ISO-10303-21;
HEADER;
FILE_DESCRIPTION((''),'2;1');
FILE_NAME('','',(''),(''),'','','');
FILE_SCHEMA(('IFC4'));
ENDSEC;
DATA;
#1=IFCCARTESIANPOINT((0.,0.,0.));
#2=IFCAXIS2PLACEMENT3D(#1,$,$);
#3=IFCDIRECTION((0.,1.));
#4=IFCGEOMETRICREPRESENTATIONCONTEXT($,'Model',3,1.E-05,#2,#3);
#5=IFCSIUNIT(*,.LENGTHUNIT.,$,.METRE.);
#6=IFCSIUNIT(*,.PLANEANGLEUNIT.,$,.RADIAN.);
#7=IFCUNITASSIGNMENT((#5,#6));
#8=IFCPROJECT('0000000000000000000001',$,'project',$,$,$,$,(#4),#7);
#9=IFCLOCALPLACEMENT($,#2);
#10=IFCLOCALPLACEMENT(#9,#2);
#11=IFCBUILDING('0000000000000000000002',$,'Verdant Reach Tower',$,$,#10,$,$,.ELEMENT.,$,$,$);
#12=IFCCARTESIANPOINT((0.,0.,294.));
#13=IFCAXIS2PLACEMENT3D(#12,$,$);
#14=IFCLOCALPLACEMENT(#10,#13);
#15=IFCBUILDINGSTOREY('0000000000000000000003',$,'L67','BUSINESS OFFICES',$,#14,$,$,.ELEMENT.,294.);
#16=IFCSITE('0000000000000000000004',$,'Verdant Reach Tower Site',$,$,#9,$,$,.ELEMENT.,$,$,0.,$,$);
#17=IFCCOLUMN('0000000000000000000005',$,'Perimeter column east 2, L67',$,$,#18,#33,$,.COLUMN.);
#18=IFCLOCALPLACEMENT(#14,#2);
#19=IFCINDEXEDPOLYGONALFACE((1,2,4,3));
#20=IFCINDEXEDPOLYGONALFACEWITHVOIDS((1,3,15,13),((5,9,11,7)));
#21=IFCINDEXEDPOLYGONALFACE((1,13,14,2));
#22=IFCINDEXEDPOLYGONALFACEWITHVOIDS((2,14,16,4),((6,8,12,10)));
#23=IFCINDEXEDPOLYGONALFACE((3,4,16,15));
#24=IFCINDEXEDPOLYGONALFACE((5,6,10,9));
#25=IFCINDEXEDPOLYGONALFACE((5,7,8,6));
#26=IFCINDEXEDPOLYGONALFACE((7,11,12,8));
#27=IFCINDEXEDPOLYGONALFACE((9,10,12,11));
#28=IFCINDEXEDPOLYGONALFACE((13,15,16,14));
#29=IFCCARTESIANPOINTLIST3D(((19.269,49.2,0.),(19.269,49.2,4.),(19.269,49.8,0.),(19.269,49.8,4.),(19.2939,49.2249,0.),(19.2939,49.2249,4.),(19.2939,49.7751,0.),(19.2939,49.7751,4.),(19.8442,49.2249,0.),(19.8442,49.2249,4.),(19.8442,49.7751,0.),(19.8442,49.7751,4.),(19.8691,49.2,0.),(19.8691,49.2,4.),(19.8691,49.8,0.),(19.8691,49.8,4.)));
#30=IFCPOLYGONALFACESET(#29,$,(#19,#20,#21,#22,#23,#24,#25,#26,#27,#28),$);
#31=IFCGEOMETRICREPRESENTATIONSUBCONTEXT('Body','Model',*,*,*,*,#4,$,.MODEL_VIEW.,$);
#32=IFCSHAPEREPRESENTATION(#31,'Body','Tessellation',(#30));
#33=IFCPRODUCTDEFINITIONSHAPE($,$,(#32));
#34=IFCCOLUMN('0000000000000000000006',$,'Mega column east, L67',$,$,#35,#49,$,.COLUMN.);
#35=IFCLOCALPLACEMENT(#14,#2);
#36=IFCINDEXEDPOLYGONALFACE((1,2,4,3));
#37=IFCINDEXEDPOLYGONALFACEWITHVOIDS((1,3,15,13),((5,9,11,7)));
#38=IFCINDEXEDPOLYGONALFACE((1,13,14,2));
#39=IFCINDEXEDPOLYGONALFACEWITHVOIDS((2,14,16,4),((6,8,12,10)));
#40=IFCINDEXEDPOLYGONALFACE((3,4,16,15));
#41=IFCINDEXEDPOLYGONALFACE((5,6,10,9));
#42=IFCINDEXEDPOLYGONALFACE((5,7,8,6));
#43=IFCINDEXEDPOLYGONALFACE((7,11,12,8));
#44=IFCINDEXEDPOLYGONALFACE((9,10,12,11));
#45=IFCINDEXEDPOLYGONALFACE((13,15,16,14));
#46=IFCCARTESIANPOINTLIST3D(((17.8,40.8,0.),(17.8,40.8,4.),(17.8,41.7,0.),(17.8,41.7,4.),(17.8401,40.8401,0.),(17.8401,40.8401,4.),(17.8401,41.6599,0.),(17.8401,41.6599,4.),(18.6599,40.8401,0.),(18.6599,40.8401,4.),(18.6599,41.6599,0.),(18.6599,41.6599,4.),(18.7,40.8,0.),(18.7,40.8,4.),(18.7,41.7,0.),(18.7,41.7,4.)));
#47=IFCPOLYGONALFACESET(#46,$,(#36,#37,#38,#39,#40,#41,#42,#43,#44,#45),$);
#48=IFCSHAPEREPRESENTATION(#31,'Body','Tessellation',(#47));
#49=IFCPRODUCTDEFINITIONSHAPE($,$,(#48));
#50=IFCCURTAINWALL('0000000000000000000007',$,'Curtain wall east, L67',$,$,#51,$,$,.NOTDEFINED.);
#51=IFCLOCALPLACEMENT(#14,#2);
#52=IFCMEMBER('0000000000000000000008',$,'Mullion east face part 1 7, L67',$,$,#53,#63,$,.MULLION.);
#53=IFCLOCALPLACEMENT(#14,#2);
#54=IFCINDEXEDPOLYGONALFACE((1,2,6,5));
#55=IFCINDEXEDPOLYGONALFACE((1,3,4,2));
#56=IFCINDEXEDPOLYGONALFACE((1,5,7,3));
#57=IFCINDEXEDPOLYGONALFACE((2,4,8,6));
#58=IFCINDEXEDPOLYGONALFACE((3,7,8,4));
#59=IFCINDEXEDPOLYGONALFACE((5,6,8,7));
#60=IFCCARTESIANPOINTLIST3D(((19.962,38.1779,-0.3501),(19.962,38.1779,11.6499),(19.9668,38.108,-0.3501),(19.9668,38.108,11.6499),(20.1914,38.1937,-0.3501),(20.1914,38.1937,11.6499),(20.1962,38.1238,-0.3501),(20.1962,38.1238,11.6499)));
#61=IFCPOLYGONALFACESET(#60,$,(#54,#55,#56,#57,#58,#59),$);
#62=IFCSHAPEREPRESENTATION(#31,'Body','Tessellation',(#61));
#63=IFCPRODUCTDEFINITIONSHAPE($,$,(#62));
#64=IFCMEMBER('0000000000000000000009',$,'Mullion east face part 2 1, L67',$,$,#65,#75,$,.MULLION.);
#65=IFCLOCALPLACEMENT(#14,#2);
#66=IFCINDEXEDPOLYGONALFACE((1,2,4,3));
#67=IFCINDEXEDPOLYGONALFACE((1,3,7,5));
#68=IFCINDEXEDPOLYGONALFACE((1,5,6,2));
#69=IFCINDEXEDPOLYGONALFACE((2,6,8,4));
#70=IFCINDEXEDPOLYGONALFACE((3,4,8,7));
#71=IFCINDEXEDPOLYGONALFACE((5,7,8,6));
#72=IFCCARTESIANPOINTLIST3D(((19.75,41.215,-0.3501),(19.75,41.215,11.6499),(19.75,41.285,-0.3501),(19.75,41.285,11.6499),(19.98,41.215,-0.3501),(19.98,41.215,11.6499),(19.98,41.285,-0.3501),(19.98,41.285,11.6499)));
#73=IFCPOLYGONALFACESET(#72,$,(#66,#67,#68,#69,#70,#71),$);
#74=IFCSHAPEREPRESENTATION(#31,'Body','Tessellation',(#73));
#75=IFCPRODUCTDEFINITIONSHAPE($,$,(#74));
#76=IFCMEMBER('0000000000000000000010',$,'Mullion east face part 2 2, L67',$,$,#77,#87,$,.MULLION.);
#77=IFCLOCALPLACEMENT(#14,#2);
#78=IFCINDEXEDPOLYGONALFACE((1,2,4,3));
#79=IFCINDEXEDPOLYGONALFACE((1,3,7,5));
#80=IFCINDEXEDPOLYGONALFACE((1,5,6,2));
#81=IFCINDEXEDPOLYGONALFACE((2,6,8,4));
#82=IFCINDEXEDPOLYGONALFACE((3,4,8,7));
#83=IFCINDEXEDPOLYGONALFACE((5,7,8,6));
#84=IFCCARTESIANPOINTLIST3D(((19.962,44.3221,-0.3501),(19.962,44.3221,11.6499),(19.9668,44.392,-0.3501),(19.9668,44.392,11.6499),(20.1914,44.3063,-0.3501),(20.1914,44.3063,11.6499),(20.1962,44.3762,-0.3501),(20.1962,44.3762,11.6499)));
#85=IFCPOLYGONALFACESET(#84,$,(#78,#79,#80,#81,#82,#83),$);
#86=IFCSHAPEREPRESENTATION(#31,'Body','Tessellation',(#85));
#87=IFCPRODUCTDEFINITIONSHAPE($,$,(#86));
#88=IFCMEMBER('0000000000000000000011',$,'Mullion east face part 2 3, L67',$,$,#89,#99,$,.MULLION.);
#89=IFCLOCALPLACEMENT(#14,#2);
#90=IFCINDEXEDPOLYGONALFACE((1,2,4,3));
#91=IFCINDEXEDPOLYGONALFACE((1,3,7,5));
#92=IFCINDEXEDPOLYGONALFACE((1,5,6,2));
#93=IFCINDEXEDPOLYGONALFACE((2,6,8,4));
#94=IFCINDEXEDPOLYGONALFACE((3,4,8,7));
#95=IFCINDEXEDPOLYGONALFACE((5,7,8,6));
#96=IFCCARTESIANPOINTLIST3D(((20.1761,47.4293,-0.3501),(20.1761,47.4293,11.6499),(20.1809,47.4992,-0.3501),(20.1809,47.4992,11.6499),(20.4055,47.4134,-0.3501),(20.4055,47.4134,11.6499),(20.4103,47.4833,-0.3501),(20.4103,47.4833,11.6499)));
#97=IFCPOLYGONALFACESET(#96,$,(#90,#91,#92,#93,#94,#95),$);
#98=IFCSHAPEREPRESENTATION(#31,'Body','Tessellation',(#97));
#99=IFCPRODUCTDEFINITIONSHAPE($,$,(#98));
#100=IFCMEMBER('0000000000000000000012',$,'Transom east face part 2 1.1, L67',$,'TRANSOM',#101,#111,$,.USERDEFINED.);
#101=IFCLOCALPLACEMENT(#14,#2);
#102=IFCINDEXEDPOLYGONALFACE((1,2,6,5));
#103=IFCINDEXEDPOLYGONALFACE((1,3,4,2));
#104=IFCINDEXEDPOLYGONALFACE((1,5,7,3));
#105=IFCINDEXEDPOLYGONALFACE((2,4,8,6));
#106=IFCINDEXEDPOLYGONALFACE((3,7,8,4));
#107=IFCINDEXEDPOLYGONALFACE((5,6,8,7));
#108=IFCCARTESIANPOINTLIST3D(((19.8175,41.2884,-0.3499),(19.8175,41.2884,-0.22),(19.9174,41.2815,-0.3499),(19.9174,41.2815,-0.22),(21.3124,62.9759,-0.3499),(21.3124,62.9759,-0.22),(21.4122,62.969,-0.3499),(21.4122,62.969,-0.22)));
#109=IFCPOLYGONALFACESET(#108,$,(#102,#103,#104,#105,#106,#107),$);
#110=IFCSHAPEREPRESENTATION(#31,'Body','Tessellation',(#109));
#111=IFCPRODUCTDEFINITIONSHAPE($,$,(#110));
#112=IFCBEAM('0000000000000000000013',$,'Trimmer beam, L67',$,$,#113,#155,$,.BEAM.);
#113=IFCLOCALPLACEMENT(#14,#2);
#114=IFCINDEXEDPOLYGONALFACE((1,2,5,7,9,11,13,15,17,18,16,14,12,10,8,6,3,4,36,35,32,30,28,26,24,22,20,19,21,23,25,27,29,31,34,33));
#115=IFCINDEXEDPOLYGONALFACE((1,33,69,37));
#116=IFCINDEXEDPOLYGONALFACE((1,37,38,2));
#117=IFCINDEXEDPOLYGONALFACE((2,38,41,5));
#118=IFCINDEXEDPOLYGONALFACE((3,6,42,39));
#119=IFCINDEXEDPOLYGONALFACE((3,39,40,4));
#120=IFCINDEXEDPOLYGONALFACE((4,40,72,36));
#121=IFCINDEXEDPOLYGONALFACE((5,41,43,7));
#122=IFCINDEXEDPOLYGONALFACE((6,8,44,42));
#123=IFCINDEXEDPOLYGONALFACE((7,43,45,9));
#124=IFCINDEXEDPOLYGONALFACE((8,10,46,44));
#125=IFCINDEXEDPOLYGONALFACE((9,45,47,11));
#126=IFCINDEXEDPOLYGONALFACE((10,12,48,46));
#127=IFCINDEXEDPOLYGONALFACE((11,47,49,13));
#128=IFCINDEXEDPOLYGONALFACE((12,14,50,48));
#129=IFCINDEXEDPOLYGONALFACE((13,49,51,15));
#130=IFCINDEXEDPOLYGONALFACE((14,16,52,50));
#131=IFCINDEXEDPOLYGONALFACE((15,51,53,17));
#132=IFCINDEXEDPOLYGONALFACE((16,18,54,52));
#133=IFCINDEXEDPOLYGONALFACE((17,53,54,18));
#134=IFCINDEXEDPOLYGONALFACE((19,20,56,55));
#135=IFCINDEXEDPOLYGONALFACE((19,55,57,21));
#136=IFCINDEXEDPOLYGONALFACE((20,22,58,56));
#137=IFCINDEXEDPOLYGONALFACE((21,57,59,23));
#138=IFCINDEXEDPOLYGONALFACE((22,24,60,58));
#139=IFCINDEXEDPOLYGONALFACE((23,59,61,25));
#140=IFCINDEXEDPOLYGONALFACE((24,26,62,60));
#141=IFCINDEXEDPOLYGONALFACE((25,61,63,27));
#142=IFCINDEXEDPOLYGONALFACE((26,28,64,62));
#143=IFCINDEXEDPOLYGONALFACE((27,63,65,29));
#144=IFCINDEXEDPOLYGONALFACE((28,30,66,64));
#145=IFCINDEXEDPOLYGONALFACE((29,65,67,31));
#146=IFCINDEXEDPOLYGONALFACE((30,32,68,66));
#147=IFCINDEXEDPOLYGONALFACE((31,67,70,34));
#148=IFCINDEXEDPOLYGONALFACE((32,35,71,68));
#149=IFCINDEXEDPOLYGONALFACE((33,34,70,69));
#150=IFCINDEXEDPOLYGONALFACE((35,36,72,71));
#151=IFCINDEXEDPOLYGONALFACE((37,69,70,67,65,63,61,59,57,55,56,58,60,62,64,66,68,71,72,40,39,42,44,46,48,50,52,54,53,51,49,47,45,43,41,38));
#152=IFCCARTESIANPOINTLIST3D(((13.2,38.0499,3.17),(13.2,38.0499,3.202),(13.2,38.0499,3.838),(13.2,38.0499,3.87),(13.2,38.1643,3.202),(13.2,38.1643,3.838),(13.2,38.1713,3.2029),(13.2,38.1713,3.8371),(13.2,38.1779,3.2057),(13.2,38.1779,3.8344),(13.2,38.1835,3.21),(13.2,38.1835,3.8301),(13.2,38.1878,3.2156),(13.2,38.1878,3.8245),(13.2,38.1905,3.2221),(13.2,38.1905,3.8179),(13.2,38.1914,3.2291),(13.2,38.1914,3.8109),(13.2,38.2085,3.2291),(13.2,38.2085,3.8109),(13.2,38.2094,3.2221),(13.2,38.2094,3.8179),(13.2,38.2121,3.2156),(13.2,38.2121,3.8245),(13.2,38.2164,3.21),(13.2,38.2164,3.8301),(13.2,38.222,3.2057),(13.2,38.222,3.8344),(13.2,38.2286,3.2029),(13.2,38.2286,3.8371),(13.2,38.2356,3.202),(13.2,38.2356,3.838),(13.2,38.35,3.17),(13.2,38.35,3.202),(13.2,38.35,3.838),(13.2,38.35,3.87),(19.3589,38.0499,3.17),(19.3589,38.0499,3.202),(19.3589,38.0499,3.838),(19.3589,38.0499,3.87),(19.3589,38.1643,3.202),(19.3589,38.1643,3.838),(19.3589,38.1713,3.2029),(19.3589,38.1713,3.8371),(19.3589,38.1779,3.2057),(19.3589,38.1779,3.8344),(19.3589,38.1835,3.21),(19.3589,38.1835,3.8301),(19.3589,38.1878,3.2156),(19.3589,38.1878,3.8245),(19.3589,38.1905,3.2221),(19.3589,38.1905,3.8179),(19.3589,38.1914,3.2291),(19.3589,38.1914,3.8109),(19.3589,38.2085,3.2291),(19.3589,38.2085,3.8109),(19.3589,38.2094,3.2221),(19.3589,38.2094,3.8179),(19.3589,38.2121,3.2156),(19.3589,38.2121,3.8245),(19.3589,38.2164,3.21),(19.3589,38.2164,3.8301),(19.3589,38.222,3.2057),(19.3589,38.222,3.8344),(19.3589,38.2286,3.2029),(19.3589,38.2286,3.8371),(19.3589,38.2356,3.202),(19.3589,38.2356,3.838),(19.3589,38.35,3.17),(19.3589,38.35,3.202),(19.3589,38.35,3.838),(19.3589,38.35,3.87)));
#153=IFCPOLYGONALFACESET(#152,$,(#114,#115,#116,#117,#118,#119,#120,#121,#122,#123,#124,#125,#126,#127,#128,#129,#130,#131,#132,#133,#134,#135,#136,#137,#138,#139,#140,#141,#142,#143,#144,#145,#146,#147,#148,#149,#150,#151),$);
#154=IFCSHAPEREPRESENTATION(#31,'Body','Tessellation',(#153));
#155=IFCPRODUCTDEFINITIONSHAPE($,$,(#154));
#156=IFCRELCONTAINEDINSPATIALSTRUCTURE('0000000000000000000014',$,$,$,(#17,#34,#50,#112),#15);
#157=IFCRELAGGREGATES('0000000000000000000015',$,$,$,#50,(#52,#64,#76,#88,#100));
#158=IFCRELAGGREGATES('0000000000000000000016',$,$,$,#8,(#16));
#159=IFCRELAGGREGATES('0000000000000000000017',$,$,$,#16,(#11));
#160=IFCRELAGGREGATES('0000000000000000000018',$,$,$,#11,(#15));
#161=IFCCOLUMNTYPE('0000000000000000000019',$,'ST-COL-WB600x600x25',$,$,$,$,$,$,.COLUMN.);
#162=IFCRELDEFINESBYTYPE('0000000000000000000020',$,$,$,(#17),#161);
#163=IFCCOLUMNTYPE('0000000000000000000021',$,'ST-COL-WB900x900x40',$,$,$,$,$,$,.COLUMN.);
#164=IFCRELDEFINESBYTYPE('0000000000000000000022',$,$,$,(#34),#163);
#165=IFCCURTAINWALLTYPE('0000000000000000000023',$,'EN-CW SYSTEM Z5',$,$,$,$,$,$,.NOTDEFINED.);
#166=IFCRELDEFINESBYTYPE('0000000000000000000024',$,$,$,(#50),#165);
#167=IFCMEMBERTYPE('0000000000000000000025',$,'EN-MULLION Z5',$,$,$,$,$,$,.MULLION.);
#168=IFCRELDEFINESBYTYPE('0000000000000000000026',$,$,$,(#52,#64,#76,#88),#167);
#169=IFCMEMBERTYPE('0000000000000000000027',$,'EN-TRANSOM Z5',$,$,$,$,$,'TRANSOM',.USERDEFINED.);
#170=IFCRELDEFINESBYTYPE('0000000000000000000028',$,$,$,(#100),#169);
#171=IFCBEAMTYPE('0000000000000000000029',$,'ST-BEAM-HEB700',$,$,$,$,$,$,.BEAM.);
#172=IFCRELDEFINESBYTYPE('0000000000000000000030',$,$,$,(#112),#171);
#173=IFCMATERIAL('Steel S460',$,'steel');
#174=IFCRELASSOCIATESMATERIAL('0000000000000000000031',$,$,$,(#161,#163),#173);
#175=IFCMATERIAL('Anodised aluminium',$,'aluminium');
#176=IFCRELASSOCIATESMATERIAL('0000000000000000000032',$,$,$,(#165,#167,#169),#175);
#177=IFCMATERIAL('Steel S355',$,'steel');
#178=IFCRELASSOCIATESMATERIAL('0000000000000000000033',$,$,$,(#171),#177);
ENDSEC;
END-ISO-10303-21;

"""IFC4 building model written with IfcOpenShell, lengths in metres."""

from ifc_helpers import new_model, si_unit, direction, frame, origin, origin_2d, place, context, subcontext, project, spatial, rectangle, hollow_rectangle, i_section, extrude, material, material_profile, profile_set, type_object, element, aggregate, save


model = new_model("IFC4")

# Units and contexts
model_context = context("Model", 3, precision=1e-05, world=origin(), true_north=direction((0.0, 1.0)))
body_context = subcontext(model_context, "Body", "Model", "MODEL_VIEW")
ifc_project = project(units=[si_unit("LENGTHUNIT", "METRE"), si_unit("PLANEANGLEUNIT", "RADIAN")], contexts=[model_context])

# Site, building, storey
site_placement = place(None, origin())
site = spatial("IfcSite", under=ifc_project, at=site_placement, Name="Verdant Reach Tower Site", CompositionType="ELEMENT", RefElevation=0.0)
building_placement = place(site_placement, origin())
building = spatial("IfcBuilding", under=site, at=building_placement, Name="Verdant Reach Tower", CompositionType="ELEMENT")
storey_placement = place(building_placement, frame((0.0, 0.0, 294.0)))
storey = spatial("IfcBuildingStorey", under=building, at=storey_placement, Name="L67", Description="BUSINESS OFFICES", CompositionType="ELEMENT", Elevation=294.0)

# Columns
ifc_material_1 = material(Name="Steel S460", Category="steel")
ifc_material_profile_1 = material_profile(ifc_material_1, hollow_rectangle(XDim=0.6001, YDim=0.6001, WallThickness=0.0249, at=origin_2d()), Name="WB 600x600x25")
ifc_profile_set_1 = profile_set([ifc_material_profile_1], Name="Steel S460")
column_type_1 = type_object("IfcColumnType", Name="ST-COL-WB600x600x25", PredefinedType="COLUMN", material=ifc_profile_set_1)
column_1_placement = place(storey_placement, frame((19.5691, 49.5, 0.0), z_axis=(0.0, 0.0, 1.0), x_axis=(1.0, 0.0, 0.0)))
element("IfcColumn", 1, at=column_1_placement, inside=storey, type_object=column_type_1, Name="Perimeter column east 2, L67", PredefinedType="COLUMN", context=body_context, shape_type="SweptSolid", body=[
    extrude(hollow_rectangle(XDim=0.6001, YDim=0.6001, WallThickness=0.0249, at=origin_2d()), origin(), (0.0, 0.0, 1.0), 4.0),
])
ifc_material_profile_2 = material_profile(ifc_material_1, hollow_rectangle(XDim=0.8999, YDim=0.8999, WallThickness=0.04, at=origin_2d()), Name="WB 900x900x40")
ifc_profile_set_2 = profile_set([ifc_material_profile_2], Name="Steel S460")
column_type_2 = type_object("IfcColumnType", Name="ST-COL-WB900x900x40", PredefinedType="COLUMN", material=ifc_profile_set_2)
column_2_placement = place(storey_placement, frame((18.25, 41.25, 0.0), z_axis=(0.0, 0.0, 1.0), x_axis=(1.0, 0.0, 0.0)))
element("IfcColumn", 2, at=column_2_placement, inside=storey, type_object=column_type_2, Name="Mega column east, L67", PredefinedType="COLUMN", context=body_context, shape_type="SweptSolid", body=[
    extrude(hollow_rectangle(XDim=0.8999, YDim=0.8999, WallThickness=0.04, at=origin_2d()), origin(), (0.0, 0.0, 1.0), 4.0),
])

# Curtain wall, members
ifc_material_2 = material(Name="Anodised aluminium", Category="aluminium")
curtain_wall_type = type_object("IfcCurtainWallType", Name="EN-CW SYSTEM Z5", PredefinedType="NOTDEFINED", material=ifc_material_2)
curtain_wall_placement = place(storey_placement, origin())
curtain_wall = element("IfcCurtainWall", 3, at=curtain_wall_placement, inside=storey, type_object=curtain_wall_type, Name="Curtain wall east, L67", PredefinedType="NOTDEFINED")
ifc_material_profile_3 = material_profile(ifc_material_2, rectangle(XDim=0.23, YDim=0.0701, at=origin_2d()), Name="Mullion 70x230")
ifc_profile_set_3 = profile_set([ifc_material_profile_3], Name="Anodised aluminium")
member_type_1 = type_object("IfcMemberType", Name="EN-MULLION Z5", PredefinedType="MULLION", material=ifc_profile_set_3)
member_1_placement = place(storey_placement, frame((20.0791, 38.1509, -0.3501), z_axis=(0.0, 0.0, 1.0), x_axis=(0.99763, 0.068802, 0.0)))
member_1 = element("IfcMember", 4, at=member_1_placement, type_object=member_type_1, Name="Mullion east face part 1 7, L67", PredefinedType="MULLION", context=body_context, shape_type="SweptSolid", body=[
    extrude(rectangle(XDim=0.23, YDim=0.0701, at=origin_2d()), origin(), (0.0, 0.0, 1.0), 12.0),
])
member_2_placement = place(storey_placement, frame((19.865, 41.25, -0.3501), z_axis=(0.0, 0.0, 1.0), x_axis=(1.0, 0.0, 0.0)))
member_2 = element("IfcMember", 5, at=member_2_placement, type_object=member_type_1, Name="Mullion east face part 2 1, L67", PredefinedType="MULLION", context=body_context, shape_type="SweptSolid", body=[
    extrude(rectangle(XDim=0.23, YDim=0.0701, at=origin_2d()), origin(), (0.0, 0.0, 1.0), 12.0),
])
member_3_placement = place(storey_placement, frame((20.0791, 44.3491, -0.3501), z_axis=(0.0, 0.0, 1.0), x_axis=(0.99763, -0.068802, 0.0)))
member_3 = element("IfcMember", 6, at=member_3_placement, type_object=member_type_1, Name="Mullion east face part 2 2, L67", PredefinedType="MULLION", context=body_context, shape_type="SweptSolid", body=[
    extrude(rectangle(XDim=0.23, YDim=0.0701, at=origin_2d()), origin(), (0.0, 0.0, 1.0), 12.0),
])
member_4_placement = place(storey_placement, frame((20.2932, 47.4563, -0.3501), z_axis=(0.0, 0.0, 1.0), x_axis=(0.99763, -0.068802, 0.0)))
member_4 = element("IfcMember", 7, at=member_4_placement, type_object=member_type_1, Name="Mullion east face part 2 3, L67", PredefinedType="MULLION", context=body_context, shape_type="SweptSolid", body=[
    extrude(rectangle(XDim=0.23, YDim=0.0701, at=origin_2d()), origin(), (0.0, 0.0, 1.0), 12.0),
])
ifc_material_profile_4 = material_profile(ifc_material_2, rectangle(XDim=0.1001, YDim=0.1299, at=origin_2d()), Name="Transom 130x100")
ifc_profile_set_4 = profile_set([ifc_material_profile_4], Name="Anodised aluminium")
member_type_2 = type_object("IfcMemberType", Name="EN-TRANSOM Z5", ElementType="TRANSOM", PredefinedType="USERDEFINED", material=ifc_profile_set_4)
member_5_placement = place(storey_placement, frame((19.8674, 41.2849, -0.2849), z_axis=(0.068765, 0.997633, 0.0), x_axis=(-0.997633, 0.068765, 0.0)))
member_5 = element("IfcMember", 8, at=member_5_placement, type_object=member_type_2, Name="Transom east face part 2 1.1, L67", ObjectType="TRANSOM", PredefinedType="USERDEFINED", context=body_context, shape_type="SweptSolid", body=[
    extrude(rectangle(XDim=0.1001, YDim=0.1299, at=origin_2d()), origin(), (0.0, 0.0, 1.0), 21.739),
])

# Beam
ifc_material_3 = material(Name="Steel S355", Category="steel")
ifc_material_profile_5 = material_profile(ifc_material_3, i_section(OverallWidth=0.3, OverallDepth=0.7, WebThickness=0.0171, FlangeThickness=0.032, FilletRadius=0.0271, at=origin_2d()), Name="HEB 700")
ifc_profile_set_5 = profile_set([ifc_material_profile_5], Name="Steel S355")
beam_type_1 = type_object("IfcBeamType", Name="ST-BEAM-HEB700", PredefinedType="BEAM", material=ifc_profile_set_5)
beam_1_placement = place(storey_placement, frame((13.2, 38.2, 3.52), z_axis=(1.0, 0.0, 0.0), x_axis=(0.0, 1.0, 0.0)))
element("IfcBeam", 9, at=beam_1_placement, inside=storey, type_object=beam_type_1, Name="Trimmer beam, L67", PredefinedType="BEAM", context=body_context, shape_type="SweptSolid", body=[
    extrude(i_section(OverallWidth=0.3, OverallDepth=0.7, WebThickness=0.0171, FlangeThickness=0.032, FilletRadius=0.0271, at=origin_2d()), origin(), (0.0, 0.0, 1.0), 6.1589),
])

aggregate(curtain_wall, [member_1, member_2, member_3, member_4, member_5])

save(model, "model.ifc")
